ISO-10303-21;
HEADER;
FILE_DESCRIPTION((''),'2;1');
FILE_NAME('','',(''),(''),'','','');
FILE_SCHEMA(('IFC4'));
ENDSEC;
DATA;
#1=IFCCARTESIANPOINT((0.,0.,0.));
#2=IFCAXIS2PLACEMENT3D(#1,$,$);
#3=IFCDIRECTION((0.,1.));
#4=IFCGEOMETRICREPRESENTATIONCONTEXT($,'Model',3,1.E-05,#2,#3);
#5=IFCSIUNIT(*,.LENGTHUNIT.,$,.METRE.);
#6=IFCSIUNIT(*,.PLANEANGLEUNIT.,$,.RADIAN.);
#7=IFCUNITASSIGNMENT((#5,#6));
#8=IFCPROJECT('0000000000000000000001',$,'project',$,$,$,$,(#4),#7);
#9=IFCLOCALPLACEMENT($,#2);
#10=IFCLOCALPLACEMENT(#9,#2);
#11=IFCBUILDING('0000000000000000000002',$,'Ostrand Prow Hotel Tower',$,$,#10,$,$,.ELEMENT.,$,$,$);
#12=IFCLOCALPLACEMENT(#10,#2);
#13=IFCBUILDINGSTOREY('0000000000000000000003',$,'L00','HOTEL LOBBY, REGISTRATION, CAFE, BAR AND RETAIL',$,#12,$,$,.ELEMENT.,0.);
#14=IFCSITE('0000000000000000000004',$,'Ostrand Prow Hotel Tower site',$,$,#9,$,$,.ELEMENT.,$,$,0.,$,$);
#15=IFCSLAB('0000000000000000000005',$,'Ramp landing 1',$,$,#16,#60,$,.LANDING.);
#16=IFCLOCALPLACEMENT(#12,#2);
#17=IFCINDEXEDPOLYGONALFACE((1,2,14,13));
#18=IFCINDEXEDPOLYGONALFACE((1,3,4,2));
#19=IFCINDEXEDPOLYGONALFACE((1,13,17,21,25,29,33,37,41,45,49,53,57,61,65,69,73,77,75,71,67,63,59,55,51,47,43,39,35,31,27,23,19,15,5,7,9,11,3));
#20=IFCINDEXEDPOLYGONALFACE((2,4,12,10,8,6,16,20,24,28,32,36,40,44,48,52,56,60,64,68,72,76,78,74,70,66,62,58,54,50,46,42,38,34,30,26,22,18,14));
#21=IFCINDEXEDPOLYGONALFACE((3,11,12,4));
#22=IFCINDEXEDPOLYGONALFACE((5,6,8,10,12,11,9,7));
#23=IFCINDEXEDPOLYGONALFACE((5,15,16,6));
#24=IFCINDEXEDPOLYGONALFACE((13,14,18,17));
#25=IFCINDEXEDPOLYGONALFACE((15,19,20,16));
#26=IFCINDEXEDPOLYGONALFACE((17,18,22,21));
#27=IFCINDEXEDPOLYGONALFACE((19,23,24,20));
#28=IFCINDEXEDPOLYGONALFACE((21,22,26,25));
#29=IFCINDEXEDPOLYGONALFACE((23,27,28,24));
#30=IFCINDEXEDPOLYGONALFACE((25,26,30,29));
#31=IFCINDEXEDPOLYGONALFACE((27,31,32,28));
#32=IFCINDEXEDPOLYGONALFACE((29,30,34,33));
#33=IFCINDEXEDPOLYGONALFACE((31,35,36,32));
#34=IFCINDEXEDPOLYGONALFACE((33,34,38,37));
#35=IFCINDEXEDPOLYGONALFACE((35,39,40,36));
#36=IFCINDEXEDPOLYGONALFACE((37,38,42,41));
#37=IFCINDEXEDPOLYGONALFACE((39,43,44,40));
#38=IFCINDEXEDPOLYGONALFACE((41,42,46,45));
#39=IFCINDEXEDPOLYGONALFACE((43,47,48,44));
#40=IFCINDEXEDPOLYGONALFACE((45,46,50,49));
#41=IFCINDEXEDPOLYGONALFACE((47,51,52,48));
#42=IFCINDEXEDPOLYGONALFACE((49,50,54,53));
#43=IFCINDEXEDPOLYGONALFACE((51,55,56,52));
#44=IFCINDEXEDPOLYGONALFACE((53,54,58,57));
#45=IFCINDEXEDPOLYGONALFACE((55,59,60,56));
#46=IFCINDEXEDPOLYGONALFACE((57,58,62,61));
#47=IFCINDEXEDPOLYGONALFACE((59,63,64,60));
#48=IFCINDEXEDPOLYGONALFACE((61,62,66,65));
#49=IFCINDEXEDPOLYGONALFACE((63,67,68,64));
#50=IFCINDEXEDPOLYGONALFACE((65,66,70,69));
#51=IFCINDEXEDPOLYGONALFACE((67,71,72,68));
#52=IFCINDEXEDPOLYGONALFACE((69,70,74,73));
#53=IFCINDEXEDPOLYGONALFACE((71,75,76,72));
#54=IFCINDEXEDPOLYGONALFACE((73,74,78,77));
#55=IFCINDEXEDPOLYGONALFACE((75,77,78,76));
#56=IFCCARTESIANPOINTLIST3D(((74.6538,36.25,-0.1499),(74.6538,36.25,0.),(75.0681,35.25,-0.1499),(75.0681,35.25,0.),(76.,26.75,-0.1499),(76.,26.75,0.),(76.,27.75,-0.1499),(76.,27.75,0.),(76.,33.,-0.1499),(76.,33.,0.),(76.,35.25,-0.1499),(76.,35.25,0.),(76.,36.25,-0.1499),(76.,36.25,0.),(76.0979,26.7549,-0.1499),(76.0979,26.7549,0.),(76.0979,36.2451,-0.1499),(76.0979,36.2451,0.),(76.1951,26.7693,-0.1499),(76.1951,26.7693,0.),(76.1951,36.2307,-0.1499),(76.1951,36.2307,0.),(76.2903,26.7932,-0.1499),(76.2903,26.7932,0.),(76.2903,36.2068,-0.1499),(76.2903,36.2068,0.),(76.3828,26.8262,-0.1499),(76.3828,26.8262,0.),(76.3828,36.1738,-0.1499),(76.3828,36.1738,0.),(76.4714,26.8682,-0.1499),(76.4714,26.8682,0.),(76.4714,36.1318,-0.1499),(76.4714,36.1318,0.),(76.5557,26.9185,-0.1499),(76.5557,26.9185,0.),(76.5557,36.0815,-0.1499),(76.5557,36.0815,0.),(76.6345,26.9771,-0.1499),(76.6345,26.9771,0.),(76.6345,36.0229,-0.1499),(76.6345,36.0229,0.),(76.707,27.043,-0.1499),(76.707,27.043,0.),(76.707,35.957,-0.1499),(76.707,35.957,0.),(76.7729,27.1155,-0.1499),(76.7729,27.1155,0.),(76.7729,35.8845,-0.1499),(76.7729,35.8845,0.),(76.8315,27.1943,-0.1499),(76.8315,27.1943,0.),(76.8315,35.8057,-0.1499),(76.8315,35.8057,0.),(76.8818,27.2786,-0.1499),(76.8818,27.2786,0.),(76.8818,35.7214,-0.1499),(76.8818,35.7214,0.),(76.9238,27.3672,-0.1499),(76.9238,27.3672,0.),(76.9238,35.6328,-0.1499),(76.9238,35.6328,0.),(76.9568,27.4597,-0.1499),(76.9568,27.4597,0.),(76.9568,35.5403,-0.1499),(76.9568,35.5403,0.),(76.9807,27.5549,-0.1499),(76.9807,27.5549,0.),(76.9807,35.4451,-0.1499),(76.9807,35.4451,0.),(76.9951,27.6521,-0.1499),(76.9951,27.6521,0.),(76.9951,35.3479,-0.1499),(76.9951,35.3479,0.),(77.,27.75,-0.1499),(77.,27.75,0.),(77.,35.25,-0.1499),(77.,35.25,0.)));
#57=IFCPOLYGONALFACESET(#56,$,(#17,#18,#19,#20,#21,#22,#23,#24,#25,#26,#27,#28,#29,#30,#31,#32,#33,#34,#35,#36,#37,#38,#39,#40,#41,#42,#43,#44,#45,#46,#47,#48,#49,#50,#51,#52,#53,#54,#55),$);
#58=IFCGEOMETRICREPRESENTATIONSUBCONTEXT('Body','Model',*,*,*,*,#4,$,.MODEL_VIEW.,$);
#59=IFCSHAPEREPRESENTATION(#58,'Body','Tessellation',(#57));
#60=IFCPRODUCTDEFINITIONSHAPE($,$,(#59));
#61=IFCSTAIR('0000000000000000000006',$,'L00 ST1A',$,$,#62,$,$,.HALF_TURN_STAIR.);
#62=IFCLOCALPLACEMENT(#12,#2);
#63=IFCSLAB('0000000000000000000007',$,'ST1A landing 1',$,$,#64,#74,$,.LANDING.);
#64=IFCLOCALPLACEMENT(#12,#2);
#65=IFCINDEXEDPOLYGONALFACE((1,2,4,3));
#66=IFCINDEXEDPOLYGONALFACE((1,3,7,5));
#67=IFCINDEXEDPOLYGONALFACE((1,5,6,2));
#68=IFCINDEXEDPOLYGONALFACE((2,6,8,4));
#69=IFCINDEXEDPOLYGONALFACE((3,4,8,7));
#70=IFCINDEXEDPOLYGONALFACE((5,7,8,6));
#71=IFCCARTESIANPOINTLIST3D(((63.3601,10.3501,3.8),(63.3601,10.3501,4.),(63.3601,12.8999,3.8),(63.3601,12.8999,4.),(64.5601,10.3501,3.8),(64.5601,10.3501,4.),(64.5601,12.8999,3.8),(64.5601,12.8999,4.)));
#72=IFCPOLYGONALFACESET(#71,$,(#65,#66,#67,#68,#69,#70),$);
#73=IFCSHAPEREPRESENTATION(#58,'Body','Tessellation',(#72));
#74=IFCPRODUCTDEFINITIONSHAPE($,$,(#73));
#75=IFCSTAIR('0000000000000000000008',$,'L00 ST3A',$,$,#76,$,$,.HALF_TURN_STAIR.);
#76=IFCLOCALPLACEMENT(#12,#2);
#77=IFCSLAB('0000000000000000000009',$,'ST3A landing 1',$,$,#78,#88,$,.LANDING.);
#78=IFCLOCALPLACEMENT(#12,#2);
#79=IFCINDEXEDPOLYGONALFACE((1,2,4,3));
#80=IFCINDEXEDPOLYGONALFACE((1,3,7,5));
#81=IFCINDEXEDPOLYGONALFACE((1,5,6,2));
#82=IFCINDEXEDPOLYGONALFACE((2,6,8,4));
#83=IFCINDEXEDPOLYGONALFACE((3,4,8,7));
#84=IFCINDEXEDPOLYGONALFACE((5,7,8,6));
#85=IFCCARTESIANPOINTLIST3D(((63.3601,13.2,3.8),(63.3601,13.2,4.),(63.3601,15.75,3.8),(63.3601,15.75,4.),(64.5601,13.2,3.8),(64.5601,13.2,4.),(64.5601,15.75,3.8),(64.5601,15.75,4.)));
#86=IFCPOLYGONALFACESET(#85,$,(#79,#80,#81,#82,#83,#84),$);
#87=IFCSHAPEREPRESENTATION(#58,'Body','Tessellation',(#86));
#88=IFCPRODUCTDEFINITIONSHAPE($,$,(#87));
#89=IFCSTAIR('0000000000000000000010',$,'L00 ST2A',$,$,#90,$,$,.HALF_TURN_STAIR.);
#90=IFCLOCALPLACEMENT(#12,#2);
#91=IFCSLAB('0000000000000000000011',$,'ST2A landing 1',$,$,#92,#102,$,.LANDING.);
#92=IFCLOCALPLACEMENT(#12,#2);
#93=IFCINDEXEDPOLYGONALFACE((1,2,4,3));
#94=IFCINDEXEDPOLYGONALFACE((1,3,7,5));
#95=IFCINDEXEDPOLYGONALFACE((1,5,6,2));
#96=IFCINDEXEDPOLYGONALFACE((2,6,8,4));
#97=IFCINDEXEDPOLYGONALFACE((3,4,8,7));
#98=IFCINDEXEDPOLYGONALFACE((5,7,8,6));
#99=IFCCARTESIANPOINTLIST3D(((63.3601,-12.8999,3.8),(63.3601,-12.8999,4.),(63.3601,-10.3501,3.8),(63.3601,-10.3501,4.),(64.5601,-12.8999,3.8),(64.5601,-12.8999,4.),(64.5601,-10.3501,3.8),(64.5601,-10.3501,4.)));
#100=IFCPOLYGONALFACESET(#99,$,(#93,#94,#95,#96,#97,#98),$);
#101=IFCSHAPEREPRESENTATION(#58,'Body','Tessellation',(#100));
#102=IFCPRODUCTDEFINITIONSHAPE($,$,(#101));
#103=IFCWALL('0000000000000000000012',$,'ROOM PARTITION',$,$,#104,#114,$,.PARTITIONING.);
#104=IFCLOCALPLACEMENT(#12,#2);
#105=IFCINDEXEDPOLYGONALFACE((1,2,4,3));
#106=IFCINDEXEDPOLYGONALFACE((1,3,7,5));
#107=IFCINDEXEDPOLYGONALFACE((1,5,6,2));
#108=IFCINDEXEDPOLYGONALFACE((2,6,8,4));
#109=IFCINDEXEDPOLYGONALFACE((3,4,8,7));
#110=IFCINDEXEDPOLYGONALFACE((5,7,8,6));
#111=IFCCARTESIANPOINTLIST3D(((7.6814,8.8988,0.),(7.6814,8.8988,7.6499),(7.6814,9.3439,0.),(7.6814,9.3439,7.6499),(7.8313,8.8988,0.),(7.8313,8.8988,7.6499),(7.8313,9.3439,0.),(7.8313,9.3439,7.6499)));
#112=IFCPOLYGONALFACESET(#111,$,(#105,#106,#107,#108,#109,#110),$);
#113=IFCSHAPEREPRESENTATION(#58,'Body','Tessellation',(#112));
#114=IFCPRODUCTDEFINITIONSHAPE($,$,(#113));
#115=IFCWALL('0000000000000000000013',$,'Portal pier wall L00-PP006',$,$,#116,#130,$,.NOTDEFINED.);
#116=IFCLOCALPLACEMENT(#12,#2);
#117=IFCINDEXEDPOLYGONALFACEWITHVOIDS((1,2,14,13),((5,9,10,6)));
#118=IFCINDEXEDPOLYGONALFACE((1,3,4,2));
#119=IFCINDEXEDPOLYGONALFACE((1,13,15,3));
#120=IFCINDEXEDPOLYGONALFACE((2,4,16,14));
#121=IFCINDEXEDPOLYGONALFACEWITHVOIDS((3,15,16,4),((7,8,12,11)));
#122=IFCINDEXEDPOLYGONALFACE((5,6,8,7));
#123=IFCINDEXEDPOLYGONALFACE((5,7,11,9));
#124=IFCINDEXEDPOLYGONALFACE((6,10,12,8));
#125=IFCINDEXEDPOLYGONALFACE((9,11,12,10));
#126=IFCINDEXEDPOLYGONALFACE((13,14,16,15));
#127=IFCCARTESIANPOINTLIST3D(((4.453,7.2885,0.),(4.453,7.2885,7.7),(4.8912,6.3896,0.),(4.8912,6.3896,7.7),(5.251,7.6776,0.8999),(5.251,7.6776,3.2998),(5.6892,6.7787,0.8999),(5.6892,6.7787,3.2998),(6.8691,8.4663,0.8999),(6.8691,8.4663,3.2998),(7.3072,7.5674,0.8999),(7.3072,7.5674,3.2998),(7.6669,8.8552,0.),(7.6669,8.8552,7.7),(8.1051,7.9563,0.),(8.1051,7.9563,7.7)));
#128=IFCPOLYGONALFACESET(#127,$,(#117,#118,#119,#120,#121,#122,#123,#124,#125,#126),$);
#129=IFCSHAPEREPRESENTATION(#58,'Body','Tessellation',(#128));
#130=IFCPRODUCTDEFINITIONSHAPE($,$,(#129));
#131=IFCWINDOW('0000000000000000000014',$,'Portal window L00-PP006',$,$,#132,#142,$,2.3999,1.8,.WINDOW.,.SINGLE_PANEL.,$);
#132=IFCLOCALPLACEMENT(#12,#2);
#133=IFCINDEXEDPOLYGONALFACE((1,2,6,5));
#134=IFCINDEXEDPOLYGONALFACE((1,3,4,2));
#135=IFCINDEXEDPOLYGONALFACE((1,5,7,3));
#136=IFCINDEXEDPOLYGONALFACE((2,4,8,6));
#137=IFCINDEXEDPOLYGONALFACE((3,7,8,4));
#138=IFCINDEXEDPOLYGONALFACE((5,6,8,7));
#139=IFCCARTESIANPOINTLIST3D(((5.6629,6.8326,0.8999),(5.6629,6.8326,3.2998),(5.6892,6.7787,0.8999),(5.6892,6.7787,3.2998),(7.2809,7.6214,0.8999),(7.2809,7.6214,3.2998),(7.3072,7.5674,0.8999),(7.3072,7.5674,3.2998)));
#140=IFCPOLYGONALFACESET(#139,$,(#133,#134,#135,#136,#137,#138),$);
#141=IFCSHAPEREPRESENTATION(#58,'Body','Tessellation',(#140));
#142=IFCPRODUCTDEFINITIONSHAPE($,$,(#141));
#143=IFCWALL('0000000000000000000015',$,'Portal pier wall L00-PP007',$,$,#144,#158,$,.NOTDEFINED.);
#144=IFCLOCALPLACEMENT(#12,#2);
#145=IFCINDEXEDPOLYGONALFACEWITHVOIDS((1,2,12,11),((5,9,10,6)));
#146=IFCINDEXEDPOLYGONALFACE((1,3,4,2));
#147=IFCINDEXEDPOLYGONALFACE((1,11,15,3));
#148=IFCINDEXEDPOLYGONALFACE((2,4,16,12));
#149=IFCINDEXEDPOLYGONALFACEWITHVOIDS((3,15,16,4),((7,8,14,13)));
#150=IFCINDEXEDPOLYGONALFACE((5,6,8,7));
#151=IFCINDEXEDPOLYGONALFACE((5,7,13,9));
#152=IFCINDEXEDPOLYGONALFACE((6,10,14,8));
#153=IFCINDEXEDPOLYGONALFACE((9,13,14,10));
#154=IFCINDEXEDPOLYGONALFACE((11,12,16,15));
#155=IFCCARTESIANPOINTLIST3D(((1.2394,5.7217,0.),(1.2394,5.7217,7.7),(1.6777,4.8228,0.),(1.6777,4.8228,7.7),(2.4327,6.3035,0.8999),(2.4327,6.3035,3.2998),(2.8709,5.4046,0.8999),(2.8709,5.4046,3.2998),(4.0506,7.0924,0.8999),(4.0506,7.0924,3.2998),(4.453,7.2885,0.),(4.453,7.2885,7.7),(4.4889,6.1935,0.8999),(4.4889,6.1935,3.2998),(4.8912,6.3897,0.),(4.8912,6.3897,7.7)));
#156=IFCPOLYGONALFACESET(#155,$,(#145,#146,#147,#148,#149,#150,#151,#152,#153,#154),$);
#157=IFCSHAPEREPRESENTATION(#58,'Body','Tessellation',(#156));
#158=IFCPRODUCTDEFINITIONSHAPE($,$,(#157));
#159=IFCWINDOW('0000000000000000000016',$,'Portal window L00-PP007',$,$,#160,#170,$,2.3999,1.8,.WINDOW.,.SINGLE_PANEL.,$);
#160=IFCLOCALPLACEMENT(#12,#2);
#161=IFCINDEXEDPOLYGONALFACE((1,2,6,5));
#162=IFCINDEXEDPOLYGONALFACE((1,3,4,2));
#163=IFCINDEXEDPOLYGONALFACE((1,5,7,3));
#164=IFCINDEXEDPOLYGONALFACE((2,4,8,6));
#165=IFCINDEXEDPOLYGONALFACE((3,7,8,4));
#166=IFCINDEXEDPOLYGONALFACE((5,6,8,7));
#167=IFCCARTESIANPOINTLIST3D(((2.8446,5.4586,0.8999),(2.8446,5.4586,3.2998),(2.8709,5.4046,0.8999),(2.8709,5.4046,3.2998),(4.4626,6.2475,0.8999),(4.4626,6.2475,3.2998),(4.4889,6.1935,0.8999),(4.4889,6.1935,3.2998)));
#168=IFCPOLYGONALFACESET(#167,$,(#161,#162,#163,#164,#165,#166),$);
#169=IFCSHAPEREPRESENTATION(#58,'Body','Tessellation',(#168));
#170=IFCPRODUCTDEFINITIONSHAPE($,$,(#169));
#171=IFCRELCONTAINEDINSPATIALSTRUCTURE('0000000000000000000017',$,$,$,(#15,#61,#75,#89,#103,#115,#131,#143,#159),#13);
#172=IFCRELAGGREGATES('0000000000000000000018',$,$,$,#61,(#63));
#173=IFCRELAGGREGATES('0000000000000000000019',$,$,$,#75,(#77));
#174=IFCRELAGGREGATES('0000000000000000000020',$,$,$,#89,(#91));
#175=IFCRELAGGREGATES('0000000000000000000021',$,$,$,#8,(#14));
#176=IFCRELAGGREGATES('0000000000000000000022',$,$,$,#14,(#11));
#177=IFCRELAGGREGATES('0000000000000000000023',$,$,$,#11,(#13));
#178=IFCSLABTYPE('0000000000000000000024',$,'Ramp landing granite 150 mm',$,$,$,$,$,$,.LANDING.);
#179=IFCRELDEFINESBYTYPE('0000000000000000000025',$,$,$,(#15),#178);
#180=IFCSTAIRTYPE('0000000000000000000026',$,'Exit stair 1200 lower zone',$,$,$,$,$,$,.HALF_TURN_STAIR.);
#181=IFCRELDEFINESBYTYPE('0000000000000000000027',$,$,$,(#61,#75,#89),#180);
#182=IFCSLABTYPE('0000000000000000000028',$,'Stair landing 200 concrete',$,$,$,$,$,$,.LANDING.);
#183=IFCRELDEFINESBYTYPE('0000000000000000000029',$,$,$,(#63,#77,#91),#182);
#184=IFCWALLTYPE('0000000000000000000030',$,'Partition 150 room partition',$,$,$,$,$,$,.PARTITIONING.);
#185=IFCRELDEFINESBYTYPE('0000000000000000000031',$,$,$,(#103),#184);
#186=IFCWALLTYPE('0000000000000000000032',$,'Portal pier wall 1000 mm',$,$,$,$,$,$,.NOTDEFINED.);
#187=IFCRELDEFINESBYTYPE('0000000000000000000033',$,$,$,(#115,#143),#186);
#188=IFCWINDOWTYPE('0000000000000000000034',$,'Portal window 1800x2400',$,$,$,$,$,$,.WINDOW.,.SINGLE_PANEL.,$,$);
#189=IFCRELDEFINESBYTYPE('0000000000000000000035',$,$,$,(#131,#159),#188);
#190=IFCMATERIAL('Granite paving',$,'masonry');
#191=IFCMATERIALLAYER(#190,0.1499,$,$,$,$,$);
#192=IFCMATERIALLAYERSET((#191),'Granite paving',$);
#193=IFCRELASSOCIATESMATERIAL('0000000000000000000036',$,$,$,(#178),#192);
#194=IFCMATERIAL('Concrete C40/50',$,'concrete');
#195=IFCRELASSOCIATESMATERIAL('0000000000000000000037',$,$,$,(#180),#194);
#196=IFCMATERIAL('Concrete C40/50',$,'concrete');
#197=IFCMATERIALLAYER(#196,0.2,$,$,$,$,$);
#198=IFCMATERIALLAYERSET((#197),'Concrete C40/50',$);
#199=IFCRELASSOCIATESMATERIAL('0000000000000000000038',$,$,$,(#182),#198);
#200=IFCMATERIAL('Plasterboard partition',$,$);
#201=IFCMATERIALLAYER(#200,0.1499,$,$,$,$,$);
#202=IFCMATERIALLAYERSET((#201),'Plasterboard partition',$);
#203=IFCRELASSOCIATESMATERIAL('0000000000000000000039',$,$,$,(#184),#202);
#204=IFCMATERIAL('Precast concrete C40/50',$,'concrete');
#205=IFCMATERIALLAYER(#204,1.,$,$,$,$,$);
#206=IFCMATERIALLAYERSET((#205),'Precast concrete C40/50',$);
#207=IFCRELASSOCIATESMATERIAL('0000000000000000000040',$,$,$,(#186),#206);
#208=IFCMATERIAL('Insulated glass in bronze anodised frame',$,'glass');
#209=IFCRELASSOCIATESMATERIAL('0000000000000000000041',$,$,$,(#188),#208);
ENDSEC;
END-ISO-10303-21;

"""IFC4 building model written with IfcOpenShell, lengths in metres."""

from ifc_helpers import new_model, si_unit, direction, frame, frame_2d, origin, place, context, subcontext, project, spatial, polyline, rectangle, outline, extrude, material, layer, layer_set, type_object, element, fill, aggregate, save


model = new_model("IFC4")

# Units and contexts
model_context = context("Model", 3, precision=1e-05, world=origin(), true_north=direction((0.0, 1.0)))
body_context = subcontext(model_context, "Body", "Model", "MODEL_VIEW")
ifc_project = project(units=[si_unit("LENGTHUNIT", "METRE"), si_unit("PLANEANGLEUNIT", "RADIAN")], contexts=[model_context])

# Site, building, storey
site_placement = place(None, origin())
site = spatial("IfcSite", under=ifc_project, at=site_placement, Name="Ostrand Prow Hotel Tower site", CompositionType="ELEMENT", RefElevation=0.0)
building_placement = place(site_placement, origin())
building = spatial("IfcBuilding", under=site, at=building_placement, Name="Ostrand Prow Hotel Tower", CompositionType="ELEMENT")
storey_placement = place(building_placement, origin())
storey = spatial("IfcBuildingStorey", under=building, at=storey_placement, Name="L00", Description="HOTEL LOBBY, REGISTRATION, CAFE, BAR AND RETAIL", CompositionType="ELEMENT", Elevation=0.0)

# Slab
ifc_material_1 = material(Name="Granite paving", Category="masonry")
ifc_layer_1 = layer(ifc_material_1, 0.1499)
ifc_layer_set_1 = layer_set([ifc_layer_1], Name="Granite paving")
slab_type_1 = type_object("IfcSlabType", Name="Ramp landing granite 150 mm", PredefinedType="LANDING", material=ifc_layer_set_1)
slab_1_placement = place(storey_placement, frame((0.0, 0.0, -0.1499)))
element("IfcSlab", 1, at=slab_1_placement, inside=storey, type_object=slab_type_1, Name="Ramp landing 1", PredefinedType="LANDING", context=body_context, shape_type="SweptSolid", body=[
    extrude(outline(polyline([(74.6538, 36.25), (75.0681, 35.25), (76.0, 35.25), (76.0, 33.0), (76.0, 27.75), (76.0, 26.75), (76.0979, 26.7549), (76.1951, 26.7693), (76.2903, 26.7932), (76.3828, 26.8262), (76.4714, 26.8682), (76.5557, 26.9185), (76.6345, 26.9771), (76.707, 27.043), (76.7729, 27.1155), (76.8315, 27.1943), (76.8818, 27.2786), (76.9238, 27.3672), (76.9568, 27.4597), (76.9807, 27.5549), (76.9951, 27.6521), (77.0, 27.75), (77.0, 35.25), (76.9951, 35.3479), (76.9807, 35.4451), (76.9568, 35.5403), (76.9238, 35.6328), (76.8818, 35.7214), (76.8315, 35.8057), (76.7729, 35.8845), (76.707, 35.957), (76.6345, 36.0229), (76.5557, 36.0815), (76.4714, 36.1318), (76.3828, 36.1738), (76.2903, 36.2068), (76.1951, 36.2307), (76.0979, 36.2451), (76.0, 36.25), (74.6538, 36.25)])), origin(), (0.0, 0.0, 1.0), 0.1499),
])

# Stairs, slabs
ifc_material_2 = material(Name="Concrete C40/50", Category="concrete")
stair_type = type_object("IfcStairType", Name="Exit stair 1200 lower zone", PredefinedType="HALF_TURN_STAIR", material=ifc_material_2)
stair_1_placement = place(storey_placement, origin())
stair_1 = element("IfcStair", 2, at=stair_1_placement, inside=storey, type_object=stair_type, Name="L00 ST1A", PredefinedType="HALF_TURN_STAIR")
ifc_material_3 = material(Name="Concrete C40/50", Category="concrete")
ifc_layer_2 = layer(ifc_material_3, 0.2)
ifc_layer_set_2 = layer_set([ifc_layer_2], Name="Concrete C40/50")
slab_type_2 = type_object("IfcSlabType", Name="Stair landing 200 concrete", PredefinedType="LANDING", material=ifc_layer_set_2)
slab_2_placement = place(storey_placement, frame((0.0, 0.0, 3.8)))
slab_2 = element("IfcSlab", 3, at=slab_2_placement, type_object=slab_type_2, Name="ST1A landing 1", PredefinedType="LANDING", context=body_context, shape_type="SweptSolid", body=[
    extrude(outline(polyline([(63.3601, 10.3501), (64.5601, 10.3501), (64.5601, 12.8999), (63.3601, 12.8999), (63.3601, 10.3501)])), origin(), (0.0, 0.0, 1.0), 0.2),
])
aggregate(stair_1, [slab_2])
stair_2_placement = place(storey_placement, origin())
stair_2 = element("IfcStair", 4, at=stair_2_placement, inside=storey, type_object=stair_type, Name="L00 ST3A", PredefinedType="HALF_TURN_STAIR")
slab_3_placement = place(storey_placement, frame((0.0, 0.0, 3.8)))
slab_3 = element("IfcSlab", 5, at=slab_3_placement, type_object=slab_type_2, Name="ST3A landing 1", PredefinedType="LANDING", context=body_context, shape_type="SweptSolid", body=[
    extrude(outline(polyline([(63.3601, 13.2), (64.5601, 13.2), (64.5601, 15.75), (63.3601, 15.75), (63.3601, 13.2)])), origin(), (0.0, 0.0, 1.0), 0.2),
])
aggregate(stair_2, [slab_3])
stair_3_placement = place(storey_placement, origin())
stair_3 = element("IfcStair", 6, at=stair_3_placement, inside=storey, type_object=stair_type, Name="L00 ST2A", PredefinedType="HALF_TURN_STAIR")
slab_4_placement = place(storey_placement, frame((0.0, 0.0, 3.8)))
slab_4 = element("IfcSlab", 7, at=slab_4_placement, type_object=slab_type_2, Name="ST2A landing 1", PredefinedType="LANDING", context=body_context, shape_type="SweptSolid", body=[
    extrude(outline(polyline([(63.3601, -12.8999), (64.5601, -12.8999), (64.5601, -10.3501), (63.3601, -10.3501), (63.3601, -12.8999)])), origin(), (0.0, 0.0, 1.0), 0.2),
])
aggregate(stair_3, [slab_4])

# Wall
ifc_material_4 = material(Name="Plasterboard partition")
ifc_layer_3 = layer(ifc_material_4, 0.1499)
ifc_layer_set_3 = layer_set([ifc_layer_3], Name="Plasterboard partition")
wall_type_1 = type_object("IfcWallType", Name="Partition 150 room partition", PredefinedType="PARTITIONING", material=ifc_layer_set_3)
wall_1_placement = place(storey_placement, frame((7.7563, 8.8987, 0.0), z_axis=(0.0, 0.0, 1.0), x_axis=(0.0, 1.0, 0.0)))
element("IfcWall", 8, at=wall_1_placement, inside=storey, type_object=wall_type_1, Name="ROOM PARTITION", PredefinedType="PARTITIONING", context=body_context, shape_type="SweptSolid", body=[
    extrude(rectangle(XDim=0.4451, YDim=0.1499, at=frame_2d((0.2227, 0.0))), origin(), (0.0, 0.0, 1.0), 7.6499),
])

# Walls, openings, windows
ifc_material_5 = material(Name="Precast concrete C40/50", Category="concrete")
ifc_layer_4 = layer(ifc_material_5, 1.0)
ifc_layer_set_4 = layer_set([ifc_layer_4], Name="Precast concrete C40/50")
wall_type_2 = type_object("IfcWallType", Name="Portal pier wall 1000 mm", PredefinedType="NOTDEFINED", material=ifc_layer_set_4)
wall_2_placement = place(storey_placement, frame((7.886, 8.4058, 0.0), z_axis=(0.0, 0.0, 1.0), x_axis=(-0.898889, -0.438177, 0.0)))
wall_2 = element("IfcWall", 9, at=wall_2_placement, inside=storey, type_object=wall_type_2, Name="Portal pier wall L00-PP006", PredefinedType="NOTDEFINED", context=body_context, shape_type="SweptSolid", body=[
    extrude(outline(polyline([(0.0, -0.5), (3.5754, -0.5), (3.5754, 0.5), (0.0, 0.5), (0.0, -0.5)])), origin(), (0.0, 0.0, 1.0), 7.7),
])
opening_1_placement = place(wall_2_placement, frame((0.8877, 0.0, 0.8999)))
opening_1 = element("IfcOpeningElement", 10, at=opening_1_placement, cuts=wall_2, PredefinedType="OPENING", context=body_context, shape_type="SweptSolid", body=[
    extrude(rectangle(XDim=1.8, YDim=2.3999, at=frame_2d((0.8999, 1.2))), frame((0.0, 0.51, 0.0), z_axis=(0.0, -1.0, 0.0), x_axis=(1.0, 0.0, 0.0)), (0.0, 0.0, 1.0), 1.02),
])
ifc_material_6 = material(Name="Insulated glass in bronze anodised frame", Category="glass")
window_type = type_object("IfcWindowType", Name="Portal window 1800x2400", PartitioningType="SINGLE_PANEL", PredefinedType="WINDOW", material=ifc_material_6)
window_1_placement = place(opening_1_placement, origin())
window_1 = element("IfcWindow", 11, at=window_1_placement, inside=storey, type_object=window_type, Name="Portal window L00-PP006", OverallHeight=2.3999, OverallWidth=1.8, PartitioningType="SINGLE_PANEL", PredefinedType="WINDOW", context=body_context, shape_type="SweptSolid", body=[
    extrude(rectangle(XDim=1.8, YDim=2.3999, at=frame_2d((0.8999, 1.2))), frame((0.0, 0.5, 0.0), z_axis=(0.0, -1.0, 0.0), x_axis=(1.0, 0.0, 0.0)), (0.0, 0.0, 1.0), 0.0601),
])
fill(opening_1, window_1)
wall_3_placement = place(storey_placement, frame((4.6721, 6.8391, 0.0), z_axis=(0.0, 0.0, 1.0), x_axis=(-0.898848, -0.438259, 0.0)))
wall_3 = element("IfcWall", 12, at=wall_3_placement, inside=storey, type_object=wall_type_2, Name="Portal pier wall L00-PP007", PredefinedType="NOTDEFINED", context=body_context, shape_type="SweptSolid", body=[
    extrude(outline(polyline([(0.0, -0.5), (3.5752, -0.5), (3.5752, 0.5), (0.0, 0.5), (0.0, -0.5)])), origin(), (0.0, 0.0, 1.0), 7.7),
])
opening_2_placement = place(wall_3_placement, frame((0.4478, 0.0, 0.8999)))
opening_2 = element("IfcOpeningElement", 13, at=opening_2_placement, cuts=wall_3, PredefinedType="OPENING", context=body_context, shape_type="SweptSolid", body=[
    extrude(rectangle(XDim=1.8, YDim=2.3999, at=frame_2d((0.8999, 1.2))), frame((0.0, 0.51, 0.0), z_axis=(0.0, -1.0, 0.0), x_axis=(1.0, 0.0, 0.0)), (0.0, 0.0, 1.0), 1.02),
])
window_2_placement = place(opening_2_placement, origin())
window_2 = element("IfcWindow", 14, at=window_2_placement, inside=storey, type_object=window_type, Name="Portal window L00-PP007", OverallHeight=2.3999, OverallWidth=1.8, PartitioningType="SINGLE_PANEL", PredefinedType="WINDOW", context=body_context, shape_type="SweptSolid", body=[
    extrude(rectangle(XDim=1.8, YDim=2.3999, at=frame_2d((0.8999, 1.2))), frame((0.0, 0.5, 0.0), z_axis=(0.0, -1.0, 0.0), x_axis=(1.0, 0.0, 0.0)), (0.0, 0.0, 1.0), 0.0601),
])
fill(opening_2, window_2)

save(model, "model.ifc")
